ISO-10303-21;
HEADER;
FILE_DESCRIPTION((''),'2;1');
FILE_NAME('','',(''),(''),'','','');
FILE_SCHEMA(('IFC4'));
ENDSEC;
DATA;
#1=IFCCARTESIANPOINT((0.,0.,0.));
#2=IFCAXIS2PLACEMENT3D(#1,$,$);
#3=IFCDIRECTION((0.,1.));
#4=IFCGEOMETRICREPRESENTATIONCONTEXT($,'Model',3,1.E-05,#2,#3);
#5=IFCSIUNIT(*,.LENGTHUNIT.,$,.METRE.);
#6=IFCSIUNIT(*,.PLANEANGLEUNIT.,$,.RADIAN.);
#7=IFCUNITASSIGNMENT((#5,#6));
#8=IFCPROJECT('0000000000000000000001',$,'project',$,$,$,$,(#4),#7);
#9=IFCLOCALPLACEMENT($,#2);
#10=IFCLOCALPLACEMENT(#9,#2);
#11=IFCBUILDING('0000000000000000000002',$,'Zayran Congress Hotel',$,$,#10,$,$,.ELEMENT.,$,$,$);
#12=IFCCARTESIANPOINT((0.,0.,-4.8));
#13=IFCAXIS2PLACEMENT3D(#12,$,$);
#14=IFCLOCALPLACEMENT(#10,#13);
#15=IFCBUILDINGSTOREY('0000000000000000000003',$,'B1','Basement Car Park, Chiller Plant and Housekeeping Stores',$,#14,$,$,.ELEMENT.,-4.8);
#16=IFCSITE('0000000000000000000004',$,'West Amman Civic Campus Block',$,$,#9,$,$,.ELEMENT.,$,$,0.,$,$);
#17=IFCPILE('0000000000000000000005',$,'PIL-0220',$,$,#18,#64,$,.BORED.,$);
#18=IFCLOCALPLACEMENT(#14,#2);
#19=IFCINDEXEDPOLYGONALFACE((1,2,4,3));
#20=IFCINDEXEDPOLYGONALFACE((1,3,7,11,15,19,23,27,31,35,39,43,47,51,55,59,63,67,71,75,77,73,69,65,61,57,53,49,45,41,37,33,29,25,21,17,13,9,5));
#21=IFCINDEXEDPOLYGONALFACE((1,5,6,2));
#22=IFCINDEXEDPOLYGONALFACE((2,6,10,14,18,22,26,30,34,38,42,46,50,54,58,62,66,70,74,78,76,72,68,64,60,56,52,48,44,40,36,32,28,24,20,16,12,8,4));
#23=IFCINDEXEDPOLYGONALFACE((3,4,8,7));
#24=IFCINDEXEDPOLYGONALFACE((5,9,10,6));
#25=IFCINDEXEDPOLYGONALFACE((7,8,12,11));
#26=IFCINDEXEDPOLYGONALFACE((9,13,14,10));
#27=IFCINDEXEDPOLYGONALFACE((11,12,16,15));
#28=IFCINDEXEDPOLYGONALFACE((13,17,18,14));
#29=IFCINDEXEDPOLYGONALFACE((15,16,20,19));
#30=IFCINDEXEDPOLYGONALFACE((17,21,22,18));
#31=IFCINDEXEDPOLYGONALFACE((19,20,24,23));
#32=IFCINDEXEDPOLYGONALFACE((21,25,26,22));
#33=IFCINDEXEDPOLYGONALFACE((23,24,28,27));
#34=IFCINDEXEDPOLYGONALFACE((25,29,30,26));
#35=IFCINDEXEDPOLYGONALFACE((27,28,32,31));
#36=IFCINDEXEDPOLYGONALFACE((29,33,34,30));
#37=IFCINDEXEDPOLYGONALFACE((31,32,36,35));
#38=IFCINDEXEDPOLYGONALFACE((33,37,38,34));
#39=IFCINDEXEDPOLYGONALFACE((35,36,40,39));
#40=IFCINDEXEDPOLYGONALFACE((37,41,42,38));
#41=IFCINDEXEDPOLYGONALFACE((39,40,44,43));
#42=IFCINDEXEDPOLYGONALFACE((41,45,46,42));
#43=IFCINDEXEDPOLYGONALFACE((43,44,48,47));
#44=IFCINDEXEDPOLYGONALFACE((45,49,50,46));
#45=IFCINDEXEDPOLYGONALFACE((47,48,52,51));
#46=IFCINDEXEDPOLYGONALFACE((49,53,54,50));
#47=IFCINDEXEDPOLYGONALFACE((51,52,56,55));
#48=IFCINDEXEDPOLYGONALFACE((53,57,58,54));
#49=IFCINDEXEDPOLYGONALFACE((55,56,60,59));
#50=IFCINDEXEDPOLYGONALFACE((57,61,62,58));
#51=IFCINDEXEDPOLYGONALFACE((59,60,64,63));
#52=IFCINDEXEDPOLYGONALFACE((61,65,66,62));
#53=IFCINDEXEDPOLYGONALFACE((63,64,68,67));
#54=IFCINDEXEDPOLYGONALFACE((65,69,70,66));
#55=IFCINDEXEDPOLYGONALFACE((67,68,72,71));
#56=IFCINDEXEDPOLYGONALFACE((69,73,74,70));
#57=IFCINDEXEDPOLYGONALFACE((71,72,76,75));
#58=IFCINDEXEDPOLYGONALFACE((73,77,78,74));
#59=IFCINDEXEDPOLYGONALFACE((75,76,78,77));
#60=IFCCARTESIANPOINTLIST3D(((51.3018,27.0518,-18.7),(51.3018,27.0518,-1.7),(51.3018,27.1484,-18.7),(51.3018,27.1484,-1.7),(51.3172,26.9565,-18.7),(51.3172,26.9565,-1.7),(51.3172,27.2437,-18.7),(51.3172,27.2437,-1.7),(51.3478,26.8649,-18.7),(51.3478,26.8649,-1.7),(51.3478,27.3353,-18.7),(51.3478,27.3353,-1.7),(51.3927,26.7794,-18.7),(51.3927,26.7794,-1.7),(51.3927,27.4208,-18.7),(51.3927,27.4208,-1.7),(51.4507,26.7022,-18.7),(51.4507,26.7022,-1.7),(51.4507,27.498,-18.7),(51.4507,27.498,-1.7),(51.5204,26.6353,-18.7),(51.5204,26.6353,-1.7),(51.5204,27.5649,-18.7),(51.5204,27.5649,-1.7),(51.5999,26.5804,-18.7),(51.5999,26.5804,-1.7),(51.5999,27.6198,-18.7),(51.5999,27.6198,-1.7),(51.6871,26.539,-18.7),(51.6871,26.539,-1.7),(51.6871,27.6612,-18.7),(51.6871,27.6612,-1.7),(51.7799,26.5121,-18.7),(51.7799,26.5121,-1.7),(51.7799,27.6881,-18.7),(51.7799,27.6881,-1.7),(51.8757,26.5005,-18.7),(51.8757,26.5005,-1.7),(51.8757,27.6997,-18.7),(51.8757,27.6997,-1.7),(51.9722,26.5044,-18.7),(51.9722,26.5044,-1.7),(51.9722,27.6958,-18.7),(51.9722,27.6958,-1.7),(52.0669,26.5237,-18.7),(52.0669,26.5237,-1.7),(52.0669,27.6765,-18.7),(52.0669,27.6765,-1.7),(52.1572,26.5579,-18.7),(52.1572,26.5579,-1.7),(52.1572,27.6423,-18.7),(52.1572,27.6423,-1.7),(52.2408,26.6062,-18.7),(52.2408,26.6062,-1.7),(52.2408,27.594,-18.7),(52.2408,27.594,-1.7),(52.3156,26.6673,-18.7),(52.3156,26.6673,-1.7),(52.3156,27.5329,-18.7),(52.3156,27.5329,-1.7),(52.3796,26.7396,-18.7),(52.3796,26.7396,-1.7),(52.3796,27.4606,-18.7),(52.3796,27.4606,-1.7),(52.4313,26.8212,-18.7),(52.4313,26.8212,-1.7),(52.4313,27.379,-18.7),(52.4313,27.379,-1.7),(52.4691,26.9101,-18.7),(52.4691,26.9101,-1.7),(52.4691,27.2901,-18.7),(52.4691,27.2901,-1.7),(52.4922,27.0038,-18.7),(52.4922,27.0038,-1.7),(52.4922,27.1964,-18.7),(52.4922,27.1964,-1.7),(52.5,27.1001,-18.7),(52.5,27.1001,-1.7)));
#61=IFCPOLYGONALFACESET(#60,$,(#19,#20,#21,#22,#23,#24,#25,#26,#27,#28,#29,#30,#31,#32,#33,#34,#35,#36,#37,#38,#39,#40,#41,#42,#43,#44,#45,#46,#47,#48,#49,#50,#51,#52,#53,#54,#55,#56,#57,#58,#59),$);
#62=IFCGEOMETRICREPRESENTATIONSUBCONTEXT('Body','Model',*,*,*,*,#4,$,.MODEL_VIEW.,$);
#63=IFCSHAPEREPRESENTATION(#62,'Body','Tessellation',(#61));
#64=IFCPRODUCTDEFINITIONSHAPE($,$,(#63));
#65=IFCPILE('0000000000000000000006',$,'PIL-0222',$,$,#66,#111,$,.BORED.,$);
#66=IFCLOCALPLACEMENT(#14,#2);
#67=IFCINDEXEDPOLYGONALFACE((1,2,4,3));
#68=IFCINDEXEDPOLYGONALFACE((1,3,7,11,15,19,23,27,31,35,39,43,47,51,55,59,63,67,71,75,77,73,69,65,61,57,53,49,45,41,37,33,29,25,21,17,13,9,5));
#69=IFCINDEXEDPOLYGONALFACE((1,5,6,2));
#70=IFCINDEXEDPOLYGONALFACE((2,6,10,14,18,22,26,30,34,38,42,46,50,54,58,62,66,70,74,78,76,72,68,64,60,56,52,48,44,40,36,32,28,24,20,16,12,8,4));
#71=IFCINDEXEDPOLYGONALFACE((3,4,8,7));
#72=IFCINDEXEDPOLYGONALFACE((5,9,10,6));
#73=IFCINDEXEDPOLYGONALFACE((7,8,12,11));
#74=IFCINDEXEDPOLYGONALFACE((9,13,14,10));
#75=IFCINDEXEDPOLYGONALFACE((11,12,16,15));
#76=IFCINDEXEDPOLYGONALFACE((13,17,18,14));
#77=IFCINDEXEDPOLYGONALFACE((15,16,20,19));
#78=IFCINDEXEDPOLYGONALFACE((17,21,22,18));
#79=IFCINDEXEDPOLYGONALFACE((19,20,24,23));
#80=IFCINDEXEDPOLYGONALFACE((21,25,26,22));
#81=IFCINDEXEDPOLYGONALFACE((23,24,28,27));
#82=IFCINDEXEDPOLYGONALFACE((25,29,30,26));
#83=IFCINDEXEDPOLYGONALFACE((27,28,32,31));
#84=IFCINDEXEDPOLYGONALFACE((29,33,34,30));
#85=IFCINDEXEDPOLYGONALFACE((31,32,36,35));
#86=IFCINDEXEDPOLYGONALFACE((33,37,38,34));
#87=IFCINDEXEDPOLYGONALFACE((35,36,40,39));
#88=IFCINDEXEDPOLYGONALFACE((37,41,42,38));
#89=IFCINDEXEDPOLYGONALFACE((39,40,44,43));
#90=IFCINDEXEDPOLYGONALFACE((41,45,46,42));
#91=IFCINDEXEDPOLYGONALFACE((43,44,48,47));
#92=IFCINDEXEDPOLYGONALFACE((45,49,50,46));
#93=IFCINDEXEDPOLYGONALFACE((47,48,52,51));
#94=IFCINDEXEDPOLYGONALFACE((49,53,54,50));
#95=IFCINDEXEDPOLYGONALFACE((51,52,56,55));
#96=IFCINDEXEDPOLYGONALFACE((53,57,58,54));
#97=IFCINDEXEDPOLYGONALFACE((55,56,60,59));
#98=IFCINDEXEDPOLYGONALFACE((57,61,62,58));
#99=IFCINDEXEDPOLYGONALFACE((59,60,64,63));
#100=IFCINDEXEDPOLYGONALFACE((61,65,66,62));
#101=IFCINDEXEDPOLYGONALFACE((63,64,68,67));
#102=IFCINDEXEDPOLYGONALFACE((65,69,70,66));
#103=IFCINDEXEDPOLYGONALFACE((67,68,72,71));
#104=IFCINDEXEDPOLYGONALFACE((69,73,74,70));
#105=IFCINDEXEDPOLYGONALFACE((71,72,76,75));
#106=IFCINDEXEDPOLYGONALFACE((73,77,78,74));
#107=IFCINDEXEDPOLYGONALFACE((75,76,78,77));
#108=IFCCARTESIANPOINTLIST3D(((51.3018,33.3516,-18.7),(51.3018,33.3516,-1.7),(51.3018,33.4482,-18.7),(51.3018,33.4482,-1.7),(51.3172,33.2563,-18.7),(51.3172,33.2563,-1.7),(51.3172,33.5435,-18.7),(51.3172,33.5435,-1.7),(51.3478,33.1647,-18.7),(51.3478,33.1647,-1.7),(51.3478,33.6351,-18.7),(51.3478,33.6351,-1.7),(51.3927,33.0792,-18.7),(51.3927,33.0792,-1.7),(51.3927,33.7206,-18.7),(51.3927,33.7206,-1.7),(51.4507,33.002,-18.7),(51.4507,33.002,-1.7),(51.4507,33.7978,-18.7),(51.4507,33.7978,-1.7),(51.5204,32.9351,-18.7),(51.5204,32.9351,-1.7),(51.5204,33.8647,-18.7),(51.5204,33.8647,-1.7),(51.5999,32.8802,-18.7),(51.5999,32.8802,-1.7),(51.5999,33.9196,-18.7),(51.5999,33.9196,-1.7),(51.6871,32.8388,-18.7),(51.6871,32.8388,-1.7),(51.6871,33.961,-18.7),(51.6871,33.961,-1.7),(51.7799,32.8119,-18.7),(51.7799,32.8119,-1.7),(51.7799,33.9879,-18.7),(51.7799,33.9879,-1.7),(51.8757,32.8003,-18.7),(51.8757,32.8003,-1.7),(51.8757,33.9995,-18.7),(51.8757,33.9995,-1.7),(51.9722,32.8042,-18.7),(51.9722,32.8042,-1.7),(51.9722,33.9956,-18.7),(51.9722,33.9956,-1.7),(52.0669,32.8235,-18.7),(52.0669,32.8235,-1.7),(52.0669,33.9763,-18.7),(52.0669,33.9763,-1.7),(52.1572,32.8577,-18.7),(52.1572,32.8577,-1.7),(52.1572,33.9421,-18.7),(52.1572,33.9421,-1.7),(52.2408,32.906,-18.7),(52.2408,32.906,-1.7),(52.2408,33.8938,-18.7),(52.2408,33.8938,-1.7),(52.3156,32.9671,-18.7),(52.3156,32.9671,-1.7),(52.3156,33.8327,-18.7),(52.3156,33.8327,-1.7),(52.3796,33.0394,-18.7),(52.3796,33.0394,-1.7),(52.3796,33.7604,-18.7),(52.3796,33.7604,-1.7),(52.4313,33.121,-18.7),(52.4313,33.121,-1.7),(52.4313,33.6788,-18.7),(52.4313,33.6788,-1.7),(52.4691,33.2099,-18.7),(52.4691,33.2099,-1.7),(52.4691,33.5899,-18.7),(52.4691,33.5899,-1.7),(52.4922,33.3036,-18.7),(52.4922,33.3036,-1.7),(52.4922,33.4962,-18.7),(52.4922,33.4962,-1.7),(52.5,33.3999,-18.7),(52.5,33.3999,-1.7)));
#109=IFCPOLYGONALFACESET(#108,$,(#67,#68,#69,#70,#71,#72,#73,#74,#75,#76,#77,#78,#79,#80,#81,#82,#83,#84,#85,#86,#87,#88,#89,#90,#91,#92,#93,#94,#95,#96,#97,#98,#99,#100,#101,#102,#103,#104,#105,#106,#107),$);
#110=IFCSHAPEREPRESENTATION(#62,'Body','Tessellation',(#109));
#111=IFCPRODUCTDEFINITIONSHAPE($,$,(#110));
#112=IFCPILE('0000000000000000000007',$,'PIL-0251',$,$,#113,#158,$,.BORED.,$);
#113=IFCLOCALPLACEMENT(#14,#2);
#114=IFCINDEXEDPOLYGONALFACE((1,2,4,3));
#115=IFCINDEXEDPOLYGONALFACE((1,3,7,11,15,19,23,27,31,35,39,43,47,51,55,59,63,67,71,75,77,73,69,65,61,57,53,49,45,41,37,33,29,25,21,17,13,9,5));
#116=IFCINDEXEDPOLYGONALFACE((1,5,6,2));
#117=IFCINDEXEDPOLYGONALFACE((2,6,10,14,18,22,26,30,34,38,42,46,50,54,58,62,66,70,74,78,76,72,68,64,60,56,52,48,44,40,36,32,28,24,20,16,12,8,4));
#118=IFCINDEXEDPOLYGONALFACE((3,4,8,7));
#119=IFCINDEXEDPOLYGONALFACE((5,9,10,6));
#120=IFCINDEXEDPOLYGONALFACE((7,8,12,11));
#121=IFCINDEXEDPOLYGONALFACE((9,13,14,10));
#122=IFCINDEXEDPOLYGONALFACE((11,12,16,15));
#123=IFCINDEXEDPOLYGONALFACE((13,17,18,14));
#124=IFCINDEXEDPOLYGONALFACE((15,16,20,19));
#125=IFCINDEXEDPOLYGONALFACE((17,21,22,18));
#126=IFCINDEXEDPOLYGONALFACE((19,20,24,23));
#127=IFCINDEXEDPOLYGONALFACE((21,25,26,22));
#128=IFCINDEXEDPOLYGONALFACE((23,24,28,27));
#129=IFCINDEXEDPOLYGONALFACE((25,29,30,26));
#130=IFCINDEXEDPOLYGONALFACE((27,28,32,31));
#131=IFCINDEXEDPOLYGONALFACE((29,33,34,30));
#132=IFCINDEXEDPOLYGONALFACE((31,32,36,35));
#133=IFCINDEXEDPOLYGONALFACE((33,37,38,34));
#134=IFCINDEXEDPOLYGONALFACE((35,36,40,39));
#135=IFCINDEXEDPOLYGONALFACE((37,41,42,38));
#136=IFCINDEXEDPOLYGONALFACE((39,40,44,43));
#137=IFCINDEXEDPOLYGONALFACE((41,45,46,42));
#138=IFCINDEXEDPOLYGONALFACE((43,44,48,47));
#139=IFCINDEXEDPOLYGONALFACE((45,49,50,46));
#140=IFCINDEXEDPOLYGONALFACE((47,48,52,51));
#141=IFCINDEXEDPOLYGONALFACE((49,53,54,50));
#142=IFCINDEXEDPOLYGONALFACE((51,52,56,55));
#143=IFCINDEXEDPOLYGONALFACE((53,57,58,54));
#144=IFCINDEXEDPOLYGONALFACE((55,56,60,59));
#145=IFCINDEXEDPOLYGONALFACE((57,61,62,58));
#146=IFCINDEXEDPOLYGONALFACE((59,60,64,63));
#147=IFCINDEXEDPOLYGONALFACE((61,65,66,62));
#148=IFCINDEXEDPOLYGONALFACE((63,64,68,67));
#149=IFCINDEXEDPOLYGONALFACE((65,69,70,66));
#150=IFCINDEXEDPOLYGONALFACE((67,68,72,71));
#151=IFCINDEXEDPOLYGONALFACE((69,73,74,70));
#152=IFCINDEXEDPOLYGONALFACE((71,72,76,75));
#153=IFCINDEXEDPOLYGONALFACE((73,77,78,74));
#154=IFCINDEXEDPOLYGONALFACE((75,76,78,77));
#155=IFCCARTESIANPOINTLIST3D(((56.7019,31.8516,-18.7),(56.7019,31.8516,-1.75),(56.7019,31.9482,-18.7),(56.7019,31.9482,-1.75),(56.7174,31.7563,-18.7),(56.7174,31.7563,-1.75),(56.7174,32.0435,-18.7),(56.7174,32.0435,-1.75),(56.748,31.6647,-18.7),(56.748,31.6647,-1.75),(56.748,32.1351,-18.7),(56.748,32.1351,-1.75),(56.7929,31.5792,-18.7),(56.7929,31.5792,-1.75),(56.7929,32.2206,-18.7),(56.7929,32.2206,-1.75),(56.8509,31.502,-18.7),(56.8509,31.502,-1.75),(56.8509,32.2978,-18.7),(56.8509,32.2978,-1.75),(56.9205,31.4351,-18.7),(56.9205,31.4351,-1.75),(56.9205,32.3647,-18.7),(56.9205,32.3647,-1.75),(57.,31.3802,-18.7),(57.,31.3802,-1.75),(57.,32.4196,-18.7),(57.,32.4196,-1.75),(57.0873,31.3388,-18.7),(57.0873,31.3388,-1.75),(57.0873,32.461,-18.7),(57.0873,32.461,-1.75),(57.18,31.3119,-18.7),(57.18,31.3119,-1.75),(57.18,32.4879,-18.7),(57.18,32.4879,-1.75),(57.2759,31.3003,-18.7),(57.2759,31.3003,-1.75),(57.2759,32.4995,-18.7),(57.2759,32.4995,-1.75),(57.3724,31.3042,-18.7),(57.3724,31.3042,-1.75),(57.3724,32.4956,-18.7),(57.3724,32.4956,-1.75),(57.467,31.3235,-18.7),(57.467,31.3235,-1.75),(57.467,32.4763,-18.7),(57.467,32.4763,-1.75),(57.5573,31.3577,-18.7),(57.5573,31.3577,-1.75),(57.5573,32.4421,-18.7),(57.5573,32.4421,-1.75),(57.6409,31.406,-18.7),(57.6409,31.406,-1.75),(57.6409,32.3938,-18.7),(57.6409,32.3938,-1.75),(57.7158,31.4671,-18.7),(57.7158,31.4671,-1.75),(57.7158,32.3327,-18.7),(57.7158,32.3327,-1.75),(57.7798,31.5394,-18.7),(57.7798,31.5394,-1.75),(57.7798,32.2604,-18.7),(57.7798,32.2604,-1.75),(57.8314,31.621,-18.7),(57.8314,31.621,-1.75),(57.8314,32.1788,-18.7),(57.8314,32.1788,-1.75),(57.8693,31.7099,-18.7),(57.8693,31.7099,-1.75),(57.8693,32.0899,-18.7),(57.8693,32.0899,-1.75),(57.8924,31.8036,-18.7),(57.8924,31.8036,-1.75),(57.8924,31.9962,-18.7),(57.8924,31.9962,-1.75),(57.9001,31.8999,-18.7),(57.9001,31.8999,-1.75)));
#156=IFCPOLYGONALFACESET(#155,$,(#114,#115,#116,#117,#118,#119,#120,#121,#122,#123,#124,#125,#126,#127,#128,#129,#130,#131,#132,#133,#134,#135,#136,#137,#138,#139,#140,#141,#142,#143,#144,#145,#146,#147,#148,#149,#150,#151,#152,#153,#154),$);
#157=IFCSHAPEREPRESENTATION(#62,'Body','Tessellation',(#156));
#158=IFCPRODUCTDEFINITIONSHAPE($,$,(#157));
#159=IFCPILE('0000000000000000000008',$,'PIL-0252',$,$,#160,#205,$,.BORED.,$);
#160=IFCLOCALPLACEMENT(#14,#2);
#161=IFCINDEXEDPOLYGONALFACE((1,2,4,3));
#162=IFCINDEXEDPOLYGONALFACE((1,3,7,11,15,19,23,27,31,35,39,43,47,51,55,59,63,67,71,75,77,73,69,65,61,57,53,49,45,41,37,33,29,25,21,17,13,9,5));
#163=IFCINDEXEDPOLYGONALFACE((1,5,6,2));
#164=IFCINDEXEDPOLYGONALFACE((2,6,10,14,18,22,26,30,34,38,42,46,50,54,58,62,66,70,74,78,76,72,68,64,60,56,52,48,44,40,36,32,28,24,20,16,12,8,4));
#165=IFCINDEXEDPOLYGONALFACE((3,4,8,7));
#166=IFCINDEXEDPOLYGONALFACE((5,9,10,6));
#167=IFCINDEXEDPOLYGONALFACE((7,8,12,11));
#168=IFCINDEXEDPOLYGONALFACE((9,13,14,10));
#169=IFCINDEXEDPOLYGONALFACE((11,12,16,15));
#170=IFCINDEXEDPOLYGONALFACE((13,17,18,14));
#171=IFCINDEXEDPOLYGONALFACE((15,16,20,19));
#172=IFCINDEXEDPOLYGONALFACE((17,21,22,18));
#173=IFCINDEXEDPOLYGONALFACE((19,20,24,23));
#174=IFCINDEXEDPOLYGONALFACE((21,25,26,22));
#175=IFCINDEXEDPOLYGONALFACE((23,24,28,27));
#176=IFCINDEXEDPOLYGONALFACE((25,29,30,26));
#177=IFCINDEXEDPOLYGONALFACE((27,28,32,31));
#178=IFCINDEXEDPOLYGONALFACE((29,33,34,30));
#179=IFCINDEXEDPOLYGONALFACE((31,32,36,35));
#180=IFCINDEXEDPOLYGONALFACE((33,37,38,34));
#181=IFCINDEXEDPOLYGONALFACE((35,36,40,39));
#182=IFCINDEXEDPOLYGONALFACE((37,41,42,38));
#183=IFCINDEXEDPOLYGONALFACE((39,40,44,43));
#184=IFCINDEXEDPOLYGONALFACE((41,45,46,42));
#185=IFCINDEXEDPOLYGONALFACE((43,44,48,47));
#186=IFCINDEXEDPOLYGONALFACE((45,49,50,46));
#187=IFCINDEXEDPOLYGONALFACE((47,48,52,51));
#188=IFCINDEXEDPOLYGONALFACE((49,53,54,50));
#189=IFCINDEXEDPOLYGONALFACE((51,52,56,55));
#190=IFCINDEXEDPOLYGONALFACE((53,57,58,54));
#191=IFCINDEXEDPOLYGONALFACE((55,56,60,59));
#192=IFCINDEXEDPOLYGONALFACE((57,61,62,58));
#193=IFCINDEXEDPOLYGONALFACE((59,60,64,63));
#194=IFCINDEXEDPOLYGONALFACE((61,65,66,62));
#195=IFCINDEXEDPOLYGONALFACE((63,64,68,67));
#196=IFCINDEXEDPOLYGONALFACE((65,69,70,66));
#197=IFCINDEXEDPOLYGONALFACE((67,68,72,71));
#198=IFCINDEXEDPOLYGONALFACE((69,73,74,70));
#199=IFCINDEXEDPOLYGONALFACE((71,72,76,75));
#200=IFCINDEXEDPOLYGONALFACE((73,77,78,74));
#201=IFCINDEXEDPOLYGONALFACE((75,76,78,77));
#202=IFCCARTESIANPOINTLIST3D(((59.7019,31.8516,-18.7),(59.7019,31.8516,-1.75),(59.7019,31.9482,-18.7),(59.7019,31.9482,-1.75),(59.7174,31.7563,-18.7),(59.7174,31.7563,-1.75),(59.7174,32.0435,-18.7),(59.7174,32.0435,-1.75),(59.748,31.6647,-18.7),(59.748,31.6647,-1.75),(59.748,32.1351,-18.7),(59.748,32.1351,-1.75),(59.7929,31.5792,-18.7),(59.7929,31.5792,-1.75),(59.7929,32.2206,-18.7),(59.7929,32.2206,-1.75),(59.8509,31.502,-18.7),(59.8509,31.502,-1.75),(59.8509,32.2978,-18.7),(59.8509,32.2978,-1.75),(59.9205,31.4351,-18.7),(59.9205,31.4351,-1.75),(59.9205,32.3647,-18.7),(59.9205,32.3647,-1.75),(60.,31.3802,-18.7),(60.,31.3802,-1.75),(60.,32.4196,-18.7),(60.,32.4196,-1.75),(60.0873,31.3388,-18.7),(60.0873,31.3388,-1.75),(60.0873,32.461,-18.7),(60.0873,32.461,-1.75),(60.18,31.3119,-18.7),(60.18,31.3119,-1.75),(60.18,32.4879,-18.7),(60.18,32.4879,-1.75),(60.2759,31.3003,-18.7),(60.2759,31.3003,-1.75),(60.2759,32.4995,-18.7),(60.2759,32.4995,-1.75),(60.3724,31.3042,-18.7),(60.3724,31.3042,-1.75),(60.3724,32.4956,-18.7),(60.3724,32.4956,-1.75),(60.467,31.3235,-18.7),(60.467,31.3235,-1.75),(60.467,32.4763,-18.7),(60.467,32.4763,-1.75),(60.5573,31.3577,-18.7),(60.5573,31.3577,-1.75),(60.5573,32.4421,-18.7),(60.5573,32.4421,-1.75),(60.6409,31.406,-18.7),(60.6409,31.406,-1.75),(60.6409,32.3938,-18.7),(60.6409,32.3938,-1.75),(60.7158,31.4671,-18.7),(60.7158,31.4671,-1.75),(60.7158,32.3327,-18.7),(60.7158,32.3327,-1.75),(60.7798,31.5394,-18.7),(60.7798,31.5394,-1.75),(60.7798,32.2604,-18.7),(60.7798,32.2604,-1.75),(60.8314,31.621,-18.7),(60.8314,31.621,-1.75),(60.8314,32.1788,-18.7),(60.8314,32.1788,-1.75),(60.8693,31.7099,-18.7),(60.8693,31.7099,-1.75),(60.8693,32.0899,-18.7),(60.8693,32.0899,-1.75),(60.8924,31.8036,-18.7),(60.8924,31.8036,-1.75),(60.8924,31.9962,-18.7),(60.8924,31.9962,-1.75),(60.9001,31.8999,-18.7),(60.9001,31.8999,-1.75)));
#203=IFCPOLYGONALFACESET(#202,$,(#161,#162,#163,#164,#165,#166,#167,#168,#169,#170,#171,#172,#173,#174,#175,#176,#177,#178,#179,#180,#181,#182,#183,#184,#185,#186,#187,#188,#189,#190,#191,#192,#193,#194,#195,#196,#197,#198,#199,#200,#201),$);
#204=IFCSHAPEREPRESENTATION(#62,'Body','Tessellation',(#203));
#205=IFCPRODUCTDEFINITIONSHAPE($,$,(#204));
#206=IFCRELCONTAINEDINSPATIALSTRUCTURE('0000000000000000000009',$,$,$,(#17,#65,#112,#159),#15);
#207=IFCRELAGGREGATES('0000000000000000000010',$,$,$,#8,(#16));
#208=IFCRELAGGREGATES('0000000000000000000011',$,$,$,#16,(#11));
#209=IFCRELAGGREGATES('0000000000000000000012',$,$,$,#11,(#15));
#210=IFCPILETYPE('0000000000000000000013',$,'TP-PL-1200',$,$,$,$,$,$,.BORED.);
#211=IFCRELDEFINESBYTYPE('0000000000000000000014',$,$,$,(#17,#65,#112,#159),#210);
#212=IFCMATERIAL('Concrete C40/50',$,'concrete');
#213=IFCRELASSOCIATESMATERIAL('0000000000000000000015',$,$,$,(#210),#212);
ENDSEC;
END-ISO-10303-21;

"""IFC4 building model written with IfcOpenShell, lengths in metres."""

from ifc_helpers import new_model, si_unit, direction, frame, origin, origin_2d, place, context, subcontext, project, spatial, circle, extrude, material, material_profile, profile_set, type_object, element, save


model = new_model("IFC4")

# Units and contexts
model_context = context("Model", 3, precision=1e-05, world=origin(), true_north=direction((0.0, 1.0)))
body_context = subcontext(model_context, "Body", "Model", "MODEL_VIEW")
ifc_project = project(units=[si_unit("LENGTHUNIT", "METRE"), si_unit("PLANEANGLEUNIT", "RADIAN")], contexts=[model_context])

# Site, building, storey
site_placement = place(None, origin())
site = spatial("IfcSite", under=ifc_project, at=site_placement, Name="West Amman Civic Campus Block", CompositionType="ELEMENT", RefElevation=0.0)
building_placement = place(site_placement, origin())
building = spatial("IfcBuilding", under=site, at=building_placement, Name="Zayran Congress Hotel", CompositionType="ELEMENT")
storey_placement = place(building_placement, frame((0.0, 0.0, -4.8)))
storey = spatial("IfcBuildingStorey", under=building, at=storey_placement, Name="B1", Description="Basement Car Park, Chiller Plant and Housekeeping Stores", CompositionType="ELEMENT", Elevation=-4.8)

# Piles
ifc_material_1 = material(Name="Concrete C40/50", Category="concrete")
ifc_material_profile_1 = material_profile(ifc_material_1, circle(Radius=0.6001, at=origin_2d()), Name="PILE D1200")
ifc_profile_set_1 = profile_set([ifc_material_profile_1], Name="Concrete C40/50")
pile_type = type_object("IfcPileType", Name="TP-PL-1200", PredefinedType="BORED", material=ifc_profile_set_1)
for number, where, z_axis, x_axis, name in (
    (1, (51.8999, 27.1001, -1.7), (0.0, 0.0, -1.0), (1.0, 0.0, 0.0), "PIL-0220"),
    (2, (51.8999, 33.3999, -1.7), (0.0, 0.0, -1.0), (1.0, 0.0, 0.0), "PIL-0222"),
):
    element("IfcPile", number, at=place(storey_placement, frame(where, z_axis=z_axis, x_axis=x_axis)), inside=storey, type_object=pile_type, Name=name, PredefinedType="BORED", context=body_context, shape_type="SweptSolid", body=[
        extrude(circle(Radius=0.6001, at=origin_2d()), origin(), (0.0, 0.0, 1.0), 17.0),
    ])
for number, where, z_axis, x_axis, name in (
    (3, (57.3, 31.8999, -1.75), (0.0, 0.0, -1.0), (1.0, 0.0, 0.0), "PIL-0251"),
    (4, (60.3, 31.8999, -1.75), (0.0, 0.0, -1.0), (1.0, 0.0, 0.0), "PIL-0252"),
):
    element("IfcPile", number, at=place(storey_placement, frame(where, z_axis=z_axis, x_axis=x_axis)), inside=storey, type_object=pile_type, Name=name, PredefinedType="BORED", context=body_context, shape_type="SweptSolid", body=[
        extrude(circle(Radius=0.6001, at=origin_2d()), origin(), (0.0, 0.0, 1.0), 16.95),
    ])

save(model, "model.ifc")
